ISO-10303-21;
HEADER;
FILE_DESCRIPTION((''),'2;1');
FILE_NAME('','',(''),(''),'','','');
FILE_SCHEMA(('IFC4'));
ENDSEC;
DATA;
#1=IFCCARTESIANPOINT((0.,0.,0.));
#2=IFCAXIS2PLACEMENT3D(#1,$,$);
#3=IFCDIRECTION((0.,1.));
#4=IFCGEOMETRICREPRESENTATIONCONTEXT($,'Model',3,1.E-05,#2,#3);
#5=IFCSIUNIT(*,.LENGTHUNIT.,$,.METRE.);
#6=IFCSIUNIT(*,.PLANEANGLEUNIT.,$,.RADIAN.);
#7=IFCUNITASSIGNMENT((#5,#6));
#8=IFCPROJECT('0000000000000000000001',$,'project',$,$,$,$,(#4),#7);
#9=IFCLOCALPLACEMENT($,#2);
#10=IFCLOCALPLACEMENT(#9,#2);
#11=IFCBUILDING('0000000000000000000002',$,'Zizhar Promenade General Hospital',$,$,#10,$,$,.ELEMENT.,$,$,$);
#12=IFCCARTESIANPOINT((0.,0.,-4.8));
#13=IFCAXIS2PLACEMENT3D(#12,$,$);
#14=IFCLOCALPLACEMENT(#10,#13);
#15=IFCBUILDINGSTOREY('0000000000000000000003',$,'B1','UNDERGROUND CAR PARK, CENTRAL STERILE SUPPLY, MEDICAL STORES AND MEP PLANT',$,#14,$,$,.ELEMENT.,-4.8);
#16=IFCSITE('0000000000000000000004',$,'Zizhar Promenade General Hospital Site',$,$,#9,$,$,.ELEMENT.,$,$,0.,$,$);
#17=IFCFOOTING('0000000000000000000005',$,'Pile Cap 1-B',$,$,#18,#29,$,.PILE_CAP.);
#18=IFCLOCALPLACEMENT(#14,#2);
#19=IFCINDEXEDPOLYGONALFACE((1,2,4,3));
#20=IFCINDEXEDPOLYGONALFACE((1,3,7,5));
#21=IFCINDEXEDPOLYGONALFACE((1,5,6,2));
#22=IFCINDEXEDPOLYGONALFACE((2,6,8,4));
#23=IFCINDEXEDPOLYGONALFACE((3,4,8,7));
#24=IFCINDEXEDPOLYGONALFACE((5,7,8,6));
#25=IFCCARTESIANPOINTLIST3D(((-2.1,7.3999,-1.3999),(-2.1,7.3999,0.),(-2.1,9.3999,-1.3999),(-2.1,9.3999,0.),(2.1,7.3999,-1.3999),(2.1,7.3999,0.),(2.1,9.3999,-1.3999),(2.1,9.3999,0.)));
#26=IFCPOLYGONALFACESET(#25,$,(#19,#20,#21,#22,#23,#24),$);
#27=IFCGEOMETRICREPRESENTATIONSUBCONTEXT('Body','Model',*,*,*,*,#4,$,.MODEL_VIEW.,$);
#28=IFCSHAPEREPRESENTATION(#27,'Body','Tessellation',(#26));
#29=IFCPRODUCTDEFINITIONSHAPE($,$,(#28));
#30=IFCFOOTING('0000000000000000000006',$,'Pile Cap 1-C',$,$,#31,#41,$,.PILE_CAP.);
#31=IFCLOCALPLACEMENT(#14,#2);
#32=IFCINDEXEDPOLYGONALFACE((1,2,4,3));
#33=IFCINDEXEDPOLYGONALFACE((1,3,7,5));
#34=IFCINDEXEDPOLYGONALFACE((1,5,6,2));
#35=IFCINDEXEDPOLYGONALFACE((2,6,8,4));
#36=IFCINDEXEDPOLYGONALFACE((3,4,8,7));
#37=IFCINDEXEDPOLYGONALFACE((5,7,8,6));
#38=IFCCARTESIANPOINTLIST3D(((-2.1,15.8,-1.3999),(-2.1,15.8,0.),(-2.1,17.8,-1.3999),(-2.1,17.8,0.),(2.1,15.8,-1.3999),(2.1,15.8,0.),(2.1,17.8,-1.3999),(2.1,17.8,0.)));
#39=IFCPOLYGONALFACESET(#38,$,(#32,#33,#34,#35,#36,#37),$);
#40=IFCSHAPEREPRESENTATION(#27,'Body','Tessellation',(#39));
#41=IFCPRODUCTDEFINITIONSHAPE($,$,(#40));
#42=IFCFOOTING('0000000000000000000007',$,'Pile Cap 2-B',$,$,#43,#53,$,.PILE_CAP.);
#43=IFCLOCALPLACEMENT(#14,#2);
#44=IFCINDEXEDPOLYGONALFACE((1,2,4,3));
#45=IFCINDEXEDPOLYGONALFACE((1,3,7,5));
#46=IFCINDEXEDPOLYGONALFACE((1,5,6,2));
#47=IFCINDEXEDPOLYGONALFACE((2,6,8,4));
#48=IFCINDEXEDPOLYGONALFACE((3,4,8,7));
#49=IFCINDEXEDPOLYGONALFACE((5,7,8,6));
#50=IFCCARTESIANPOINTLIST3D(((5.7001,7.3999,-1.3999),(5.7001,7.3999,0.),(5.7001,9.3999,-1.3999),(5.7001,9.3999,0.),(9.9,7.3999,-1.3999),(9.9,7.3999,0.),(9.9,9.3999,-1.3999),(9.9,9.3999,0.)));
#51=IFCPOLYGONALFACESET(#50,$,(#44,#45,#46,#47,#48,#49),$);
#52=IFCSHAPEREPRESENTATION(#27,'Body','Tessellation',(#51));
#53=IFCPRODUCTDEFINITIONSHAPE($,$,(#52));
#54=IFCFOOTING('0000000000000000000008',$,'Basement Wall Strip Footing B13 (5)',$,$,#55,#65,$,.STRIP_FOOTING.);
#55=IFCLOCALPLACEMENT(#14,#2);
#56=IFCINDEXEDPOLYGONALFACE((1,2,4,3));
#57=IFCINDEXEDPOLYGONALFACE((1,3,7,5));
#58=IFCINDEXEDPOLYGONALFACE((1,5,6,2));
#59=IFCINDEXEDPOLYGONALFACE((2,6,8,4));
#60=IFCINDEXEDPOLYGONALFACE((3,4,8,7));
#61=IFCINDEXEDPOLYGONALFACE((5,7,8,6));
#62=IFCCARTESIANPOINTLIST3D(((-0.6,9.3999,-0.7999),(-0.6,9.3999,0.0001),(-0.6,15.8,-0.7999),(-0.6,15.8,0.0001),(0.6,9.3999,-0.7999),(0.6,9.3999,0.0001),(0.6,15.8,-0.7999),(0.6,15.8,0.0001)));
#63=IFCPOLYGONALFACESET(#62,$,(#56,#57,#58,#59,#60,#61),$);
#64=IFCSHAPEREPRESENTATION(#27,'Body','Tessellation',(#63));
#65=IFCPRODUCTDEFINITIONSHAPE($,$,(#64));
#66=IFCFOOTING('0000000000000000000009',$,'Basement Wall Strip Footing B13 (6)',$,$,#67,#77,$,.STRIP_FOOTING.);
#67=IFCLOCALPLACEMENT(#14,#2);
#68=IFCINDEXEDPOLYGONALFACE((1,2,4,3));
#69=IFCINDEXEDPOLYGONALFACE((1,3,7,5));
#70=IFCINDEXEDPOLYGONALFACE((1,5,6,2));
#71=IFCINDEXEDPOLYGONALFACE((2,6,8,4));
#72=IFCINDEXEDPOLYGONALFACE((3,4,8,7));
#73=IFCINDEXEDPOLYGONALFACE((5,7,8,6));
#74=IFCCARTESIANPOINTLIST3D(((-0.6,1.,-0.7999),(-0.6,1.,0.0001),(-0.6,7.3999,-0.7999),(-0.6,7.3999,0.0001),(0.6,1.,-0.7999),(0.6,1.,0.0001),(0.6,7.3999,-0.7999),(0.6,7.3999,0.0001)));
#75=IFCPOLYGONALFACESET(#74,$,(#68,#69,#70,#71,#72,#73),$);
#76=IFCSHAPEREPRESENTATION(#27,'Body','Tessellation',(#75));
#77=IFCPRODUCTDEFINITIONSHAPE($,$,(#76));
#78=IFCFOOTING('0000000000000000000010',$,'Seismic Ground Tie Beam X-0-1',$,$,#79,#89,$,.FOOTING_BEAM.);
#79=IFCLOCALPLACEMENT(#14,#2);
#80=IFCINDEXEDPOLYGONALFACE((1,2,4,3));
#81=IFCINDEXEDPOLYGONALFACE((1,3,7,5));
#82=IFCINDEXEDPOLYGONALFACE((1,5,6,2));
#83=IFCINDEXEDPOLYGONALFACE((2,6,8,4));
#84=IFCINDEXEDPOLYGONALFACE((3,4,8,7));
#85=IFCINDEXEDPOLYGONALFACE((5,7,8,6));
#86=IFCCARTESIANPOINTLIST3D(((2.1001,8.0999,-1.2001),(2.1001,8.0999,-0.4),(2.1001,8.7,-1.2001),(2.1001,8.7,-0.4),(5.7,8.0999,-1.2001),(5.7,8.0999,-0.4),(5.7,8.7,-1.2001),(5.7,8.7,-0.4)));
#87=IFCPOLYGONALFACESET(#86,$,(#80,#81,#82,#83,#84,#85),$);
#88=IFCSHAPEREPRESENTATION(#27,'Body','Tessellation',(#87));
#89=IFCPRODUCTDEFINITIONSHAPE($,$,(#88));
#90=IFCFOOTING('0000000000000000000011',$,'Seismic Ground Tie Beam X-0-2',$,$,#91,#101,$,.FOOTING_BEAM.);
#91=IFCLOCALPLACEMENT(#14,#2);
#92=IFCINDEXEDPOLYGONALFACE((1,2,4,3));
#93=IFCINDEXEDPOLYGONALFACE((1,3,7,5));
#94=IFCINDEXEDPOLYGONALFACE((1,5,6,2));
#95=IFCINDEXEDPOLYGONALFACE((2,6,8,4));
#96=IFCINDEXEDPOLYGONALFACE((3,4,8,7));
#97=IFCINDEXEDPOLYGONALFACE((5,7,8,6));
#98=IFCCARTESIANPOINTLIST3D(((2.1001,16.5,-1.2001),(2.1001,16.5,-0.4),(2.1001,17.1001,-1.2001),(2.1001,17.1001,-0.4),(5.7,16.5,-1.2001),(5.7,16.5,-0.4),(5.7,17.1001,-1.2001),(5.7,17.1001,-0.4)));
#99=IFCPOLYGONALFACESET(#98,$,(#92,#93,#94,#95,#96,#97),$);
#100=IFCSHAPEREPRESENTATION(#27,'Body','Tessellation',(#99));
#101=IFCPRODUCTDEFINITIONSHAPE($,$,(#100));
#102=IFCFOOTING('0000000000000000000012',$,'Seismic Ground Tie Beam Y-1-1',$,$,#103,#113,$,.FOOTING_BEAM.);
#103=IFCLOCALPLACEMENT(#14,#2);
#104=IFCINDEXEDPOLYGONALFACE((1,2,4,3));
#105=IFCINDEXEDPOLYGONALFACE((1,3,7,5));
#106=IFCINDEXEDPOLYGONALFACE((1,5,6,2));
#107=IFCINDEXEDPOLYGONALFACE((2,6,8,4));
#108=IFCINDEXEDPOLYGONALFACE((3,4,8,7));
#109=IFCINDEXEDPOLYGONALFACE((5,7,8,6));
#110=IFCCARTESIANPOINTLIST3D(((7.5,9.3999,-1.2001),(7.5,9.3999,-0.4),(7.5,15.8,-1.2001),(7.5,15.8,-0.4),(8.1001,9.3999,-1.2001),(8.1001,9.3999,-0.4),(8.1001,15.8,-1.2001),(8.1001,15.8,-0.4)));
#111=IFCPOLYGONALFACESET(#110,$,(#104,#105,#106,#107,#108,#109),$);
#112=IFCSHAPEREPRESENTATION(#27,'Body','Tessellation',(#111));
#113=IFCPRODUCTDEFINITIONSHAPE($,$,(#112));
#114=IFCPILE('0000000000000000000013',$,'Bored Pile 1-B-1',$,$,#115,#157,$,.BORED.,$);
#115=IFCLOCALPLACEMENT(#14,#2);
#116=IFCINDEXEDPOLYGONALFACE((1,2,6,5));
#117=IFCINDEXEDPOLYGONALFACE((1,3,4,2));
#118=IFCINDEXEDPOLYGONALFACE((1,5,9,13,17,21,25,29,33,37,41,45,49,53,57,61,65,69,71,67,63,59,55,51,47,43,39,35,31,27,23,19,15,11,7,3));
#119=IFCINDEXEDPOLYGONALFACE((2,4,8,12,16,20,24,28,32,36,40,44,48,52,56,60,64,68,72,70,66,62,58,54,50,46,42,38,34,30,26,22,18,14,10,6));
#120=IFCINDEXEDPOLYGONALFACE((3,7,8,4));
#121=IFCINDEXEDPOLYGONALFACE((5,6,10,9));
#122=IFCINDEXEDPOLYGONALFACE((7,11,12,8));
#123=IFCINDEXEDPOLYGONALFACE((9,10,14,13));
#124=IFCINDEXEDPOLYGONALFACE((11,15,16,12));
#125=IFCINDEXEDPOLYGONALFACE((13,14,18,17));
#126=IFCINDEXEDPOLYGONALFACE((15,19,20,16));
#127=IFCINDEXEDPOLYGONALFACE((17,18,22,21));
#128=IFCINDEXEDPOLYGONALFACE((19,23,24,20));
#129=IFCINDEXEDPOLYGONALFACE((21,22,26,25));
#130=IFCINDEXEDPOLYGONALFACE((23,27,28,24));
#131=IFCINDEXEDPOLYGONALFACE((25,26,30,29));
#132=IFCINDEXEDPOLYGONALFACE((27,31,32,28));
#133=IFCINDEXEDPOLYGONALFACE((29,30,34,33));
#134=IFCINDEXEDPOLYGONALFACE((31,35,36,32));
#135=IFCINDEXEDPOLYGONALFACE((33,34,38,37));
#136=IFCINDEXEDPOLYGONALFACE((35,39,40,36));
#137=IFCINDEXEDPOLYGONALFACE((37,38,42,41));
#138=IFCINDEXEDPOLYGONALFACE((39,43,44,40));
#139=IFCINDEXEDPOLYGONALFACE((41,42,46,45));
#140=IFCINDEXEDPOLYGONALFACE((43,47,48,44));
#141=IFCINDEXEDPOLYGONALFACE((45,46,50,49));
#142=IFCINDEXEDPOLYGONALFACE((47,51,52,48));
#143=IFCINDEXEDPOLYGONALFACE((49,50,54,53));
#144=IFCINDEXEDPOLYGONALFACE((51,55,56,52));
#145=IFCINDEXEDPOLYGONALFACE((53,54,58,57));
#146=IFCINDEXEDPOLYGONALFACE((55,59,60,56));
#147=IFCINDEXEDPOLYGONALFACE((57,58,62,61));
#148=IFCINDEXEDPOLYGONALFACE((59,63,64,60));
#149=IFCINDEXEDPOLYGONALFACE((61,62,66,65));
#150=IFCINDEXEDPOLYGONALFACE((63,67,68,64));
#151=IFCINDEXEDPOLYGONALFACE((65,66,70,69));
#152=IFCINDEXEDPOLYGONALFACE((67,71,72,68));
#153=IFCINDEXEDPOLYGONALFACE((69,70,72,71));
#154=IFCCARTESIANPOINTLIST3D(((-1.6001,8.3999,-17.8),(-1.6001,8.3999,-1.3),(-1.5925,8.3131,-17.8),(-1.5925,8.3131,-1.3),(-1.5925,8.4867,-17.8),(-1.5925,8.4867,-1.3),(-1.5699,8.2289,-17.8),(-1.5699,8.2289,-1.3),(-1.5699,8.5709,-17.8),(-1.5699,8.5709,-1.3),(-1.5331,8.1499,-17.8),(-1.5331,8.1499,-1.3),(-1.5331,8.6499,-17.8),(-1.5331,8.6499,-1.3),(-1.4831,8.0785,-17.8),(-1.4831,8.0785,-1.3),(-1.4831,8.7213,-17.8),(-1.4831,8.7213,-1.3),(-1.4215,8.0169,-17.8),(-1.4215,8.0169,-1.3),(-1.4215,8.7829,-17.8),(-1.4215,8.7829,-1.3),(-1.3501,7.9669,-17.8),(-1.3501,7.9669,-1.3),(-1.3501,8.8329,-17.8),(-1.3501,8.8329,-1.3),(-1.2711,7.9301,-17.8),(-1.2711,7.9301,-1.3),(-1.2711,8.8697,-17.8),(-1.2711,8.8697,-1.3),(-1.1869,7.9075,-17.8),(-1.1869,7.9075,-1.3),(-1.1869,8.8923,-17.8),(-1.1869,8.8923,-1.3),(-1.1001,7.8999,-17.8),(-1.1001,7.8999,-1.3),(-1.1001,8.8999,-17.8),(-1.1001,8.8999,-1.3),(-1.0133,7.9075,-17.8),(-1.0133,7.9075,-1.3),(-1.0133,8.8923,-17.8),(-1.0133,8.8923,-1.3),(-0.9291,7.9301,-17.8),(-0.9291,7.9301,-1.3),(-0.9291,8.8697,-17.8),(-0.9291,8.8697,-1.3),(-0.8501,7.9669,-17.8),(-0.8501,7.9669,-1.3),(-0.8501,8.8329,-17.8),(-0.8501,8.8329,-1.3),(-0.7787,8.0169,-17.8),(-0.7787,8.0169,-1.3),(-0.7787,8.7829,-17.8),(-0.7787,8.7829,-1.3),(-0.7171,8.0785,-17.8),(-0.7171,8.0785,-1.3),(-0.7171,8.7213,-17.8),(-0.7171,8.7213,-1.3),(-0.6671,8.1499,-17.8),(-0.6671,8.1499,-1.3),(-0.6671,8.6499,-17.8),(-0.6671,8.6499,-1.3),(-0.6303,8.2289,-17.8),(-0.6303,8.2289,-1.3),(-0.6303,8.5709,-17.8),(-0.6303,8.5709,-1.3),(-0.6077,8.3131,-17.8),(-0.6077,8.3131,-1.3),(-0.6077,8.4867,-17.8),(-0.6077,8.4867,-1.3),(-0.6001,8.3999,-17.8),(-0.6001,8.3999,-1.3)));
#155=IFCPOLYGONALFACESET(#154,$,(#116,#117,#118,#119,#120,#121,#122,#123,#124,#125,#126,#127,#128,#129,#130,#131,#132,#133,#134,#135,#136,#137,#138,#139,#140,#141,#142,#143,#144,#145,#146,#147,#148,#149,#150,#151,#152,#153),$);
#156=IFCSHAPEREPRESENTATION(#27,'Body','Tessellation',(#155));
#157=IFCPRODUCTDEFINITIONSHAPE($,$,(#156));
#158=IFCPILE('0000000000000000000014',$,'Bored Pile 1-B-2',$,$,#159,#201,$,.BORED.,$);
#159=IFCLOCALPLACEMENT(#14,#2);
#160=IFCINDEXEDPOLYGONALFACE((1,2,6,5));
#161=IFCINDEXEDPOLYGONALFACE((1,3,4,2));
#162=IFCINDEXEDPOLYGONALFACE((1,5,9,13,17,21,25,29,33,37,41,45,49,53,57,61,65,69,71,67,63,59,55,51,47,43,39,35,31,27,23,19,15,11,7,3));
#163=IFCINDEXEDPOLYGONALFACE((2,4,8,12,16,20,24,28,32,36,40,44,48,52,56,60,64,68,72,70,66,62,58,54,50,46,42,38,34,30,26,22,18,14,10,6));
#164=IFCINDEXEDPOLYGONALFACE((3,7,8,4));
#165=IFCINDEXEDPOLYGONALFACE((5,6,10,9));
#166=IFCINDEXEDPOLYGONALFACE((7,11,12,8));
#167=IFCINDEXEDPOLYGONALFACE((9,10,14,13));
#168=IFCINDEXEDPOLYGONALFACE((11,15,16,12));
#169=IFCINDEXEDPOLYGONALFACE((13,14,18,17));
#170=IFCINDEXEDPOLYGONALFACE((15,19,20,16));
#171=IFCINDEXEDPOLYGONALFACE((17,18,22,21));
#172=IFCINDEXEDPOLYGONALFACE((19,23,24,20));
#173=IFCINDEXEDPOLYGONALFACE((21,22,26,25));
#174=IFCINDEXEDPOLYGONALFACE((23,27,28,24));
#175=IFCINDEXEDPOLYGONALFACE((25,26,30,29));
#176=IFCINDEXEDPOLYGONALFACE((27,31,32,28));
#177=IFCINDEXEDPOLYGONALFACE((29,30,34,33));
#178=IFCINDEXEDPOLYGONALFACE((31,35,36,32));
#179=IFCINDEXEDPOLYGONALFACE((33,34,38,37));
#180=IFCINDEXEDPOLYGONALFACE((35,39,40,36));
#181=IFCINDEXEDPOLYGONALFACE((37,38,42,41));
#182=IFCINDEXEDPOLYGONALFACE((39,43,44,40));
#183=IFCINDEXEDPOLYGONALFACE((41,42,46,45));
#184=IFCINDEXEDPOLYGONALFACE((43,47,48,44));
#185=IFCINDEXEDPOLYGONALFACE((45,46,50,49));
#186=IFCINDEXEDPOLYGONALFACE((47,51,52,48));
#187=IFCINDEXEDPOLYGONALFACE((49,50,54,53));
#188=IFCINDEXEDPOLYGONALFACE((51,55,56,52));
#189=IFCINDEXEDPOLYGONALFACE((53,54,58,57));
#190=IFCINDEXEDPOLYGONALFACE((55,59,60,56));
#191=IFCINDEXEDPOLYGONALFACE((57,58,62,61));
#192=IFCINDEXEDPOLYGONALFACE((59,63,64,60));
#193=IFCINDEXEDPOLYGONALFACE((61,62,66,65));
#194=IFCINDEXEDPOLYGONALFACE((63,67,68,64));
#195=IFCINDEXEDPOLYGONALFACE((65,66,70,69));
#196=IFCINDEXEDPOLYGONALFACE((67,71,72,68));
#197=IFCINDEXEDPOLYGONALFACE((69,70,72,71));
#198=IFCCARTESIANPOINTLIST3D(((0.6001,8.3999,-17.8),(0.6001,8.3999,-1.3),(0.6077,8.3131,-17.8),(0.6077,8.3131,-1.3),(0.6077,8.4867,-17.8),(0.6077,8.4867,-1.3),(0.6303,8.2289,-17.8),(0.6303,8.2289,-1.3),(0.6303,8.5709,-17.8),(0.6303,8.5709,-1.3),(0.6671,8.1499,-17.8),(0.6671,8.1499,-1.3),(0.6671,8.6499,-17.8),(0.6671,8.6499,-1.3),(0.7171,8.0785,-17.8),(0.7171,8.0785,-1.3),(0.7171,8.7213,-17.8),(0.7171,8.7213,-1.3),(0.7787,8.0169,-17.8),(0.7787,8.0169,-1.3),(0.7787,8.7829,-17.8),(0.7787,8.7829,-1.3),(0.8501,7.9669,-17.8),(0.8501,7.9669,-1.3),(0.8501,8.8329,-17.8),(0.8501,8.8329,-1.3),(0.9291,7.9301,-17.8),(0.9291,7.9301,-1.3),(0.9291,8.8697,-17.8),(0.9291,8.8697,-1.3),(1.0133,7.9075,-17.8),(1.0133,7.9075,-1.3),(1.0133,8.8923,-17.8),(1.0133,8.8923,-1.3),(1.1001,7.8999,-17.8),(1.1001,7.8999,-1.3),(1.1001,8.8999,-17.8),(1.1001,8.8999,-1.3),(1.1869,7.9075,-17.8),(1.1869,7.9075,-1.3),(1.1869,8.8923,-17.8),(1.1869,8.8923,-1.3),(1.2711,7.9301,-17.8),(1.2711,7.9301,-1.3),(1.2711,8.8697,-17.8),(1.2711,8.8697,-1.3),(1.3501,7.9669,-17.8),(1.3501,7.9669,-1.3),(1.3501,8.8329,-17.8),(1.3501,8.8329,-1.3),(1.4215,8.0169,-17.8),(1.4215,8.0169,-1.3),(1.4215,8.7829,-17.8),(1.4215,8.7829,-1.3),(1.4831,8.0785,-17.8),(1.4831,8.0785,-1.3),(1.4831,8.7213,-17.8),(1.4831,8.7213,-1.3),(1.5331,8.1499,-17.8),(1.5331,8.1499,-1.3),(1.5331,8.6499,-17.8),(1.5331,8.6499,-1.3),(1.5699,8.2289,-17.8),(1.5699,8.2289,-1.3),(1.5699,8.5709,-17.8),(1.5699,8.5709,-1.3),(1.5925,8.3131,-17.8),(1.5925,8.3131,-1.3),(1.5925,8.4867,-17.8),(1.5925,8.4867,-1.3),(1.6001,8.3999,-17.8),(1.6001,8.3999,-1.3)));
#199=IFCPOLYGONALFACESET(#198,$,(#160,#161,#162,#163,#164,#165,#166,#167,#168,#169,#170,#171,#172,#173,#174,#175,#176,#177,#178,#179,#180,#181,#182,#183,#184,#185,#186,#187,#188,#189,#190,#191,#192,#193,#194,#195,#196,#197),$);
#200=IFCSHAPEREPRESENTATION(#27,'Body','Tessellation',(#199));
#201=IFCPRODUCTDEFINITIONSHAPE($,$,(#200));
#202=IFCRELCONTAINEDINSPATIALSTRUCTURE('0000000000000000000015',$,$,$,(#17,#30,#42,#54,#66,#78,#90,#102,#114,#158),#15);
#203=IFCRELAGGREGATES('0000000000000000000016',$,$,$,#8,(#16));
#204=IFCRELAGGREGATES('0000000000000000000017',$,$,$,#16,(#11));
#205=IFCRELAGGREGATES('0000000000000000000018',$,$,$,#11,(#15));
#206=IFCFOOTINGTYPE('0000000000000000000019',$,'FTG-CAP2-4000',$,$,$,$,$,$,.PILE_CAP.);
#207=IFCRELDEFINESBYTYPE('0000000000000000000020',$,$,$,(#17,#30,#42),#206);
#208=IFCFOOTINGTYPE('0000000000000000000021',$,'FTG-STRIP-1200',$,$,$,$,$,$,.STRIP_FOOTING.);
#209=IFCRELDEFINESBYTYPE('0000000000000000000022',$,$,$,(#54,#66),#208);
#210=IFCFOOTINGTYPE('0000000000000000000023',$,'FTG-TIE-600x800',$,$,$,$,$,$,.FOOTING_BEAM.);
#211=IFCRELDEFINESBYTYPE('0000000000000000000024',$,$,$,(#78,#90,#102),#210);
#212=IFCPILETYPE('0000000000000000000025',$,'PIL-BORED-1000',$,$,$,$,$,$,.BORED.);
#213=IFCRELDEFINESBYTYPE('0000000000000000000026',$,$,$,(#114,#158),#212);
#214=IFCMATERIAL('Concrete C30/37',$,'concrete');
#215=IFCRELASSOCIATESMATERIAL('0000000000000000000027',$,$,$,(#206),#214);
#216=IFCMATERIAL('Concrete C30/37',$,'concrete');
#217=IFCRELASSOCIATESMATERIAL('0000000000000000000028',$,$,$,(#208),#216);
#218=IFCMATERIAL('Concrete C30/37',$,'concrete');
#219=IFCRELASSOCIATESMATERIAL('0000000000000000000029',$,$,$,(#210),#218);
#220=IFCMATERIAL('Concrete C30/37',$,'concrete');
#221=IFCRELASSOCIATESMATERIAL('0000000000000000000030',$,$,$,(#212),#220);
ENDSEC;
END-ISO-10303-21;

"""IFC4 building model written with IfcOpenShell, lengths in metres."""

from ifc_helpers import new_model, si_unit, direction, frame, origin, origin_2d, place, context, subcontext, project, spatial, rectangle, circle, extrude, material, material_profile, profile_set, type_object, element, save


model = new_model("IFC4")

# Units and contexts
model_context = context("Model", 3, precision=1e-05, world=origin(), true_north=direction((0.0, 1.0)))
body_context = subcontext(model_context, "Body", "Model", "MODEL_VIEW")
ifc_project = project(units=[si_unit("LENGTHUNIT", "METRE"), si_unit("PLANEANGLEUNIT", "RADIAN")], contexts=[model_context])

# Site, building, storey
site_placement = place(None, origin())
site = spatial("IfcSite", under=ifc_project, at=site_placement, Name="Zizhar Promenade General Hospital Site", CompositionType="ELEMENT", RefElevation=0.0)
building_placement = place(site_placement, origin())
building = spatial("IfcBuilding", under=site, at=building_placement, Name="Zizhar Promenade General Hospital", CompositionType="ELEMENT")
storey_placement = place(building_placement, frame((0.0, 0.0, -4.8)))
storey = spatial("IfcBuildingStorey", under=building, at=storey_placement, Name="B1", Description="UNDERGROUND CAR PARK, CENTRAL STERILE SUPPLY, MEDICAL STORES AND MEP PLANT", CompositionType="ELEMENT", Elevation=-4.8)

# Footings
ifc_material_1 = material(Name="Concrete C30/37", Category="concrete")
footing_type_1 = type_object("IfcFootingType", Name="FTG-CAP2-4000", PredefinedType="PILE_CAP", material=ifc_material_1)
for number, where, z_axis, x_axis, name in (
    (1, (0.0, 8.3999, -1.3999), (0.0, 0.0, 1.0), (1.0, 0.0, 0.0), "Pile Cap 1-B"),
    (2, (0.0, 16.8, -1.3999), (0.0, 0.0, 1.0), (1.0, 0.0, 0.0), "Pile Cap 1-C"),
    (3, (7.8, 8.3999, -1.3999), (0.0, 0.0, 1.0), (1.0, 0.0, 0.0), "Pile Cap 2-B"),
):
    element("IfcFooting", number, at=place(storey_placement, frame(where, z_axis=z_axis, x_axis=x_axis)), inside=storey, type_object=footing_type_1, Name=name, PredefinedType="PILE_CAP", context=body_context, shape_type="SweptSolid", body=[
        extrude(rectangle(XDim=4.2, YDim=2.0, at=origin_2d()), origin(), (0.0, 0.0, 1.0), 1.3999),
    ])
ifc_material_2 = material(Name="Concrete C30/37", Category="concrete")
ifc_material_profile_1 = material_profile(ifc_material_2, rectangle(XDim=1.2, YDim=0.8, at=origin_2d()))
ifc_profile_set_1 = profile_set([ifc_material_profile_1], Name="Concrete C30/37")
footing_type_2 = type_object("IfcFootingType", Name="FTG-STRIP-1200", PredefinedType="STRIP_FOOTING", material=ifc_profile_set_1)
footing_1_placement = place(storey_placement, frame((0.0, 15.8, -0.3999), z_axis=(0.0, -1.0, 0.0), x_axis=(1.0, 0.0, 0.0)))
element("IfcFooting", 4, at=footing_1_placement, inside=storey, type_object=footing_type_2, Name="Basement Wall Strip Footing B13 (5)", PredefinedType="STRIP_FOOTING", context=body_context, shape_type="SweptSolid", body=[
    extrude(rectangle(XDim=1.2, YDim=0.8, at=origin_2d()), origin(), (0.0, 0.0, 1.0), 6.4001),
])
footing_2_placement = place(storey_placement, frame((0.0, 7.3999, -0.3999), z_axis=(0.0, -1.0, 0.0), x_axis=(1.0, 0.0, 0.0)))
element("IfcFooting", 5, at=footing_2_placement, inside=storey, type_object=footing_type_2, Name="Basement Wall Strip Footing B13 (6)", PredefinedType="STRIP_FOOTING", context=body_context, shape_type="SweptSolid", body=[
    extrude(rectangle(XDim=1.2, YDim=0.8, at=origin_2d()), origin(), (0.0, 0.0, 1.0), 6.3999),
])
ifc_material_3 = material(Name="Concrete C30/37", Category="concrete")
ifc_material_profile_2 = material_profile(ifc_material_3, rectangle(XDim=0.6001, YDim=0.8, at=origin_2d()))
ifc_profile_set_2 = profile_set([ifc_material_profile_2], Name="Concrete C30/37")
footing_type_3 = type_object("IfcFootingType", Name="FTG-TIE-600x800", PredefinedType="FOOTING_BEAM", material=ifc_profile_set_2)
for number, where, z_axis, x_axis, name in (
    (6, (2.1001, 8.3999, -0.8), (1.0, 0.0, 0.0), (0.0, 1.0, 0.0), "Seismic Ground Tie Beam X-0-1"),
    (7, (2.1001, 16.8, -0.8), (1.0, 0.0, 0.0), (0.0, 1.0, 0.0), "Seismic Ground Tie Beam X-0-2"),
):
    element("IfcFooting", number, at=place(storey_placement, frame(where, z_axis=z_axis, x_axis=x_axis)), inside=storey, type_object=footing_type_3, Name=name, PredefinedType="FOOTING_BEAM", context=body_context, shape_type="SweptSolid", body=[
        extrude(rectangle(XDim=0.6001, YDim=0.8, at=origin_2d()), origin(), (0.0, 0.0, 1.0), 3.5999),
    ])
footing_3_placement = place(storey_placement, frame((7.8, 9.3999, -0.8), z_axis=(0.0, 1.0, 0.0), x_axis=(-1.0, 0.0, 0.0)))
element("IfcFooting", 8, at=footing_3_placement, inside=storey, type_object=footing_type_3, Name="Seismic Ground Tie Beam Y-1-1", PredefinedType="FOOTING_BEAM", context=body_context, shape_type="SweptSolid", body=[
    extrude(rectangle(XDim=0.6001, YDim=0.8, at=origin_2d()), origin(), (0.0, 0.0, 1.0), 6.4001),
])

# Piles
ifc_material_4 = material(Name="Concrete C30/37", Category="concrete")
ifc_material_profile_3 = material_profile(ifc_material_4, circle(Radius=0.5, at=origin_2d()))
ifc_profile_set_3 = profile_set([ifc_material_profile_3], Name="Concrete C30/37")
pile_type = type_object("IfcPileType", Name="PIL-BORED-1000", PredefinedType="BORED", material=ifc_profile_set_3)
for number, where, z_axis, x_axis, name in (
    (9, (-1.1001, 8.3999, -1.3), (0.0, 0.0, -1.0), (1.0, 0.0, 0.0), "Bored Pile 1-B-1"),
    (10, (1.1001, 8.3999, -1.3), (0.0, 0.0, -1.0), (1.0, 0.0, 0.0), "Bored Pile 1-B-2"),
):
    element("IfcPile", number, at=place(storey_placement, frame(where, z_axis=z_axis, x_axis=x_axis)), inside=storey, type_object=pile_type, Name=name, PredefinedType="BORED", context=body_context, shape_type="SweptSolid", body=[
        extrude(circle(Radius=0.5, at=origin_2d()), origin(), (0.0, 0.0, 1.0), 16.5),
    ])

save(model, "model.ifc")
